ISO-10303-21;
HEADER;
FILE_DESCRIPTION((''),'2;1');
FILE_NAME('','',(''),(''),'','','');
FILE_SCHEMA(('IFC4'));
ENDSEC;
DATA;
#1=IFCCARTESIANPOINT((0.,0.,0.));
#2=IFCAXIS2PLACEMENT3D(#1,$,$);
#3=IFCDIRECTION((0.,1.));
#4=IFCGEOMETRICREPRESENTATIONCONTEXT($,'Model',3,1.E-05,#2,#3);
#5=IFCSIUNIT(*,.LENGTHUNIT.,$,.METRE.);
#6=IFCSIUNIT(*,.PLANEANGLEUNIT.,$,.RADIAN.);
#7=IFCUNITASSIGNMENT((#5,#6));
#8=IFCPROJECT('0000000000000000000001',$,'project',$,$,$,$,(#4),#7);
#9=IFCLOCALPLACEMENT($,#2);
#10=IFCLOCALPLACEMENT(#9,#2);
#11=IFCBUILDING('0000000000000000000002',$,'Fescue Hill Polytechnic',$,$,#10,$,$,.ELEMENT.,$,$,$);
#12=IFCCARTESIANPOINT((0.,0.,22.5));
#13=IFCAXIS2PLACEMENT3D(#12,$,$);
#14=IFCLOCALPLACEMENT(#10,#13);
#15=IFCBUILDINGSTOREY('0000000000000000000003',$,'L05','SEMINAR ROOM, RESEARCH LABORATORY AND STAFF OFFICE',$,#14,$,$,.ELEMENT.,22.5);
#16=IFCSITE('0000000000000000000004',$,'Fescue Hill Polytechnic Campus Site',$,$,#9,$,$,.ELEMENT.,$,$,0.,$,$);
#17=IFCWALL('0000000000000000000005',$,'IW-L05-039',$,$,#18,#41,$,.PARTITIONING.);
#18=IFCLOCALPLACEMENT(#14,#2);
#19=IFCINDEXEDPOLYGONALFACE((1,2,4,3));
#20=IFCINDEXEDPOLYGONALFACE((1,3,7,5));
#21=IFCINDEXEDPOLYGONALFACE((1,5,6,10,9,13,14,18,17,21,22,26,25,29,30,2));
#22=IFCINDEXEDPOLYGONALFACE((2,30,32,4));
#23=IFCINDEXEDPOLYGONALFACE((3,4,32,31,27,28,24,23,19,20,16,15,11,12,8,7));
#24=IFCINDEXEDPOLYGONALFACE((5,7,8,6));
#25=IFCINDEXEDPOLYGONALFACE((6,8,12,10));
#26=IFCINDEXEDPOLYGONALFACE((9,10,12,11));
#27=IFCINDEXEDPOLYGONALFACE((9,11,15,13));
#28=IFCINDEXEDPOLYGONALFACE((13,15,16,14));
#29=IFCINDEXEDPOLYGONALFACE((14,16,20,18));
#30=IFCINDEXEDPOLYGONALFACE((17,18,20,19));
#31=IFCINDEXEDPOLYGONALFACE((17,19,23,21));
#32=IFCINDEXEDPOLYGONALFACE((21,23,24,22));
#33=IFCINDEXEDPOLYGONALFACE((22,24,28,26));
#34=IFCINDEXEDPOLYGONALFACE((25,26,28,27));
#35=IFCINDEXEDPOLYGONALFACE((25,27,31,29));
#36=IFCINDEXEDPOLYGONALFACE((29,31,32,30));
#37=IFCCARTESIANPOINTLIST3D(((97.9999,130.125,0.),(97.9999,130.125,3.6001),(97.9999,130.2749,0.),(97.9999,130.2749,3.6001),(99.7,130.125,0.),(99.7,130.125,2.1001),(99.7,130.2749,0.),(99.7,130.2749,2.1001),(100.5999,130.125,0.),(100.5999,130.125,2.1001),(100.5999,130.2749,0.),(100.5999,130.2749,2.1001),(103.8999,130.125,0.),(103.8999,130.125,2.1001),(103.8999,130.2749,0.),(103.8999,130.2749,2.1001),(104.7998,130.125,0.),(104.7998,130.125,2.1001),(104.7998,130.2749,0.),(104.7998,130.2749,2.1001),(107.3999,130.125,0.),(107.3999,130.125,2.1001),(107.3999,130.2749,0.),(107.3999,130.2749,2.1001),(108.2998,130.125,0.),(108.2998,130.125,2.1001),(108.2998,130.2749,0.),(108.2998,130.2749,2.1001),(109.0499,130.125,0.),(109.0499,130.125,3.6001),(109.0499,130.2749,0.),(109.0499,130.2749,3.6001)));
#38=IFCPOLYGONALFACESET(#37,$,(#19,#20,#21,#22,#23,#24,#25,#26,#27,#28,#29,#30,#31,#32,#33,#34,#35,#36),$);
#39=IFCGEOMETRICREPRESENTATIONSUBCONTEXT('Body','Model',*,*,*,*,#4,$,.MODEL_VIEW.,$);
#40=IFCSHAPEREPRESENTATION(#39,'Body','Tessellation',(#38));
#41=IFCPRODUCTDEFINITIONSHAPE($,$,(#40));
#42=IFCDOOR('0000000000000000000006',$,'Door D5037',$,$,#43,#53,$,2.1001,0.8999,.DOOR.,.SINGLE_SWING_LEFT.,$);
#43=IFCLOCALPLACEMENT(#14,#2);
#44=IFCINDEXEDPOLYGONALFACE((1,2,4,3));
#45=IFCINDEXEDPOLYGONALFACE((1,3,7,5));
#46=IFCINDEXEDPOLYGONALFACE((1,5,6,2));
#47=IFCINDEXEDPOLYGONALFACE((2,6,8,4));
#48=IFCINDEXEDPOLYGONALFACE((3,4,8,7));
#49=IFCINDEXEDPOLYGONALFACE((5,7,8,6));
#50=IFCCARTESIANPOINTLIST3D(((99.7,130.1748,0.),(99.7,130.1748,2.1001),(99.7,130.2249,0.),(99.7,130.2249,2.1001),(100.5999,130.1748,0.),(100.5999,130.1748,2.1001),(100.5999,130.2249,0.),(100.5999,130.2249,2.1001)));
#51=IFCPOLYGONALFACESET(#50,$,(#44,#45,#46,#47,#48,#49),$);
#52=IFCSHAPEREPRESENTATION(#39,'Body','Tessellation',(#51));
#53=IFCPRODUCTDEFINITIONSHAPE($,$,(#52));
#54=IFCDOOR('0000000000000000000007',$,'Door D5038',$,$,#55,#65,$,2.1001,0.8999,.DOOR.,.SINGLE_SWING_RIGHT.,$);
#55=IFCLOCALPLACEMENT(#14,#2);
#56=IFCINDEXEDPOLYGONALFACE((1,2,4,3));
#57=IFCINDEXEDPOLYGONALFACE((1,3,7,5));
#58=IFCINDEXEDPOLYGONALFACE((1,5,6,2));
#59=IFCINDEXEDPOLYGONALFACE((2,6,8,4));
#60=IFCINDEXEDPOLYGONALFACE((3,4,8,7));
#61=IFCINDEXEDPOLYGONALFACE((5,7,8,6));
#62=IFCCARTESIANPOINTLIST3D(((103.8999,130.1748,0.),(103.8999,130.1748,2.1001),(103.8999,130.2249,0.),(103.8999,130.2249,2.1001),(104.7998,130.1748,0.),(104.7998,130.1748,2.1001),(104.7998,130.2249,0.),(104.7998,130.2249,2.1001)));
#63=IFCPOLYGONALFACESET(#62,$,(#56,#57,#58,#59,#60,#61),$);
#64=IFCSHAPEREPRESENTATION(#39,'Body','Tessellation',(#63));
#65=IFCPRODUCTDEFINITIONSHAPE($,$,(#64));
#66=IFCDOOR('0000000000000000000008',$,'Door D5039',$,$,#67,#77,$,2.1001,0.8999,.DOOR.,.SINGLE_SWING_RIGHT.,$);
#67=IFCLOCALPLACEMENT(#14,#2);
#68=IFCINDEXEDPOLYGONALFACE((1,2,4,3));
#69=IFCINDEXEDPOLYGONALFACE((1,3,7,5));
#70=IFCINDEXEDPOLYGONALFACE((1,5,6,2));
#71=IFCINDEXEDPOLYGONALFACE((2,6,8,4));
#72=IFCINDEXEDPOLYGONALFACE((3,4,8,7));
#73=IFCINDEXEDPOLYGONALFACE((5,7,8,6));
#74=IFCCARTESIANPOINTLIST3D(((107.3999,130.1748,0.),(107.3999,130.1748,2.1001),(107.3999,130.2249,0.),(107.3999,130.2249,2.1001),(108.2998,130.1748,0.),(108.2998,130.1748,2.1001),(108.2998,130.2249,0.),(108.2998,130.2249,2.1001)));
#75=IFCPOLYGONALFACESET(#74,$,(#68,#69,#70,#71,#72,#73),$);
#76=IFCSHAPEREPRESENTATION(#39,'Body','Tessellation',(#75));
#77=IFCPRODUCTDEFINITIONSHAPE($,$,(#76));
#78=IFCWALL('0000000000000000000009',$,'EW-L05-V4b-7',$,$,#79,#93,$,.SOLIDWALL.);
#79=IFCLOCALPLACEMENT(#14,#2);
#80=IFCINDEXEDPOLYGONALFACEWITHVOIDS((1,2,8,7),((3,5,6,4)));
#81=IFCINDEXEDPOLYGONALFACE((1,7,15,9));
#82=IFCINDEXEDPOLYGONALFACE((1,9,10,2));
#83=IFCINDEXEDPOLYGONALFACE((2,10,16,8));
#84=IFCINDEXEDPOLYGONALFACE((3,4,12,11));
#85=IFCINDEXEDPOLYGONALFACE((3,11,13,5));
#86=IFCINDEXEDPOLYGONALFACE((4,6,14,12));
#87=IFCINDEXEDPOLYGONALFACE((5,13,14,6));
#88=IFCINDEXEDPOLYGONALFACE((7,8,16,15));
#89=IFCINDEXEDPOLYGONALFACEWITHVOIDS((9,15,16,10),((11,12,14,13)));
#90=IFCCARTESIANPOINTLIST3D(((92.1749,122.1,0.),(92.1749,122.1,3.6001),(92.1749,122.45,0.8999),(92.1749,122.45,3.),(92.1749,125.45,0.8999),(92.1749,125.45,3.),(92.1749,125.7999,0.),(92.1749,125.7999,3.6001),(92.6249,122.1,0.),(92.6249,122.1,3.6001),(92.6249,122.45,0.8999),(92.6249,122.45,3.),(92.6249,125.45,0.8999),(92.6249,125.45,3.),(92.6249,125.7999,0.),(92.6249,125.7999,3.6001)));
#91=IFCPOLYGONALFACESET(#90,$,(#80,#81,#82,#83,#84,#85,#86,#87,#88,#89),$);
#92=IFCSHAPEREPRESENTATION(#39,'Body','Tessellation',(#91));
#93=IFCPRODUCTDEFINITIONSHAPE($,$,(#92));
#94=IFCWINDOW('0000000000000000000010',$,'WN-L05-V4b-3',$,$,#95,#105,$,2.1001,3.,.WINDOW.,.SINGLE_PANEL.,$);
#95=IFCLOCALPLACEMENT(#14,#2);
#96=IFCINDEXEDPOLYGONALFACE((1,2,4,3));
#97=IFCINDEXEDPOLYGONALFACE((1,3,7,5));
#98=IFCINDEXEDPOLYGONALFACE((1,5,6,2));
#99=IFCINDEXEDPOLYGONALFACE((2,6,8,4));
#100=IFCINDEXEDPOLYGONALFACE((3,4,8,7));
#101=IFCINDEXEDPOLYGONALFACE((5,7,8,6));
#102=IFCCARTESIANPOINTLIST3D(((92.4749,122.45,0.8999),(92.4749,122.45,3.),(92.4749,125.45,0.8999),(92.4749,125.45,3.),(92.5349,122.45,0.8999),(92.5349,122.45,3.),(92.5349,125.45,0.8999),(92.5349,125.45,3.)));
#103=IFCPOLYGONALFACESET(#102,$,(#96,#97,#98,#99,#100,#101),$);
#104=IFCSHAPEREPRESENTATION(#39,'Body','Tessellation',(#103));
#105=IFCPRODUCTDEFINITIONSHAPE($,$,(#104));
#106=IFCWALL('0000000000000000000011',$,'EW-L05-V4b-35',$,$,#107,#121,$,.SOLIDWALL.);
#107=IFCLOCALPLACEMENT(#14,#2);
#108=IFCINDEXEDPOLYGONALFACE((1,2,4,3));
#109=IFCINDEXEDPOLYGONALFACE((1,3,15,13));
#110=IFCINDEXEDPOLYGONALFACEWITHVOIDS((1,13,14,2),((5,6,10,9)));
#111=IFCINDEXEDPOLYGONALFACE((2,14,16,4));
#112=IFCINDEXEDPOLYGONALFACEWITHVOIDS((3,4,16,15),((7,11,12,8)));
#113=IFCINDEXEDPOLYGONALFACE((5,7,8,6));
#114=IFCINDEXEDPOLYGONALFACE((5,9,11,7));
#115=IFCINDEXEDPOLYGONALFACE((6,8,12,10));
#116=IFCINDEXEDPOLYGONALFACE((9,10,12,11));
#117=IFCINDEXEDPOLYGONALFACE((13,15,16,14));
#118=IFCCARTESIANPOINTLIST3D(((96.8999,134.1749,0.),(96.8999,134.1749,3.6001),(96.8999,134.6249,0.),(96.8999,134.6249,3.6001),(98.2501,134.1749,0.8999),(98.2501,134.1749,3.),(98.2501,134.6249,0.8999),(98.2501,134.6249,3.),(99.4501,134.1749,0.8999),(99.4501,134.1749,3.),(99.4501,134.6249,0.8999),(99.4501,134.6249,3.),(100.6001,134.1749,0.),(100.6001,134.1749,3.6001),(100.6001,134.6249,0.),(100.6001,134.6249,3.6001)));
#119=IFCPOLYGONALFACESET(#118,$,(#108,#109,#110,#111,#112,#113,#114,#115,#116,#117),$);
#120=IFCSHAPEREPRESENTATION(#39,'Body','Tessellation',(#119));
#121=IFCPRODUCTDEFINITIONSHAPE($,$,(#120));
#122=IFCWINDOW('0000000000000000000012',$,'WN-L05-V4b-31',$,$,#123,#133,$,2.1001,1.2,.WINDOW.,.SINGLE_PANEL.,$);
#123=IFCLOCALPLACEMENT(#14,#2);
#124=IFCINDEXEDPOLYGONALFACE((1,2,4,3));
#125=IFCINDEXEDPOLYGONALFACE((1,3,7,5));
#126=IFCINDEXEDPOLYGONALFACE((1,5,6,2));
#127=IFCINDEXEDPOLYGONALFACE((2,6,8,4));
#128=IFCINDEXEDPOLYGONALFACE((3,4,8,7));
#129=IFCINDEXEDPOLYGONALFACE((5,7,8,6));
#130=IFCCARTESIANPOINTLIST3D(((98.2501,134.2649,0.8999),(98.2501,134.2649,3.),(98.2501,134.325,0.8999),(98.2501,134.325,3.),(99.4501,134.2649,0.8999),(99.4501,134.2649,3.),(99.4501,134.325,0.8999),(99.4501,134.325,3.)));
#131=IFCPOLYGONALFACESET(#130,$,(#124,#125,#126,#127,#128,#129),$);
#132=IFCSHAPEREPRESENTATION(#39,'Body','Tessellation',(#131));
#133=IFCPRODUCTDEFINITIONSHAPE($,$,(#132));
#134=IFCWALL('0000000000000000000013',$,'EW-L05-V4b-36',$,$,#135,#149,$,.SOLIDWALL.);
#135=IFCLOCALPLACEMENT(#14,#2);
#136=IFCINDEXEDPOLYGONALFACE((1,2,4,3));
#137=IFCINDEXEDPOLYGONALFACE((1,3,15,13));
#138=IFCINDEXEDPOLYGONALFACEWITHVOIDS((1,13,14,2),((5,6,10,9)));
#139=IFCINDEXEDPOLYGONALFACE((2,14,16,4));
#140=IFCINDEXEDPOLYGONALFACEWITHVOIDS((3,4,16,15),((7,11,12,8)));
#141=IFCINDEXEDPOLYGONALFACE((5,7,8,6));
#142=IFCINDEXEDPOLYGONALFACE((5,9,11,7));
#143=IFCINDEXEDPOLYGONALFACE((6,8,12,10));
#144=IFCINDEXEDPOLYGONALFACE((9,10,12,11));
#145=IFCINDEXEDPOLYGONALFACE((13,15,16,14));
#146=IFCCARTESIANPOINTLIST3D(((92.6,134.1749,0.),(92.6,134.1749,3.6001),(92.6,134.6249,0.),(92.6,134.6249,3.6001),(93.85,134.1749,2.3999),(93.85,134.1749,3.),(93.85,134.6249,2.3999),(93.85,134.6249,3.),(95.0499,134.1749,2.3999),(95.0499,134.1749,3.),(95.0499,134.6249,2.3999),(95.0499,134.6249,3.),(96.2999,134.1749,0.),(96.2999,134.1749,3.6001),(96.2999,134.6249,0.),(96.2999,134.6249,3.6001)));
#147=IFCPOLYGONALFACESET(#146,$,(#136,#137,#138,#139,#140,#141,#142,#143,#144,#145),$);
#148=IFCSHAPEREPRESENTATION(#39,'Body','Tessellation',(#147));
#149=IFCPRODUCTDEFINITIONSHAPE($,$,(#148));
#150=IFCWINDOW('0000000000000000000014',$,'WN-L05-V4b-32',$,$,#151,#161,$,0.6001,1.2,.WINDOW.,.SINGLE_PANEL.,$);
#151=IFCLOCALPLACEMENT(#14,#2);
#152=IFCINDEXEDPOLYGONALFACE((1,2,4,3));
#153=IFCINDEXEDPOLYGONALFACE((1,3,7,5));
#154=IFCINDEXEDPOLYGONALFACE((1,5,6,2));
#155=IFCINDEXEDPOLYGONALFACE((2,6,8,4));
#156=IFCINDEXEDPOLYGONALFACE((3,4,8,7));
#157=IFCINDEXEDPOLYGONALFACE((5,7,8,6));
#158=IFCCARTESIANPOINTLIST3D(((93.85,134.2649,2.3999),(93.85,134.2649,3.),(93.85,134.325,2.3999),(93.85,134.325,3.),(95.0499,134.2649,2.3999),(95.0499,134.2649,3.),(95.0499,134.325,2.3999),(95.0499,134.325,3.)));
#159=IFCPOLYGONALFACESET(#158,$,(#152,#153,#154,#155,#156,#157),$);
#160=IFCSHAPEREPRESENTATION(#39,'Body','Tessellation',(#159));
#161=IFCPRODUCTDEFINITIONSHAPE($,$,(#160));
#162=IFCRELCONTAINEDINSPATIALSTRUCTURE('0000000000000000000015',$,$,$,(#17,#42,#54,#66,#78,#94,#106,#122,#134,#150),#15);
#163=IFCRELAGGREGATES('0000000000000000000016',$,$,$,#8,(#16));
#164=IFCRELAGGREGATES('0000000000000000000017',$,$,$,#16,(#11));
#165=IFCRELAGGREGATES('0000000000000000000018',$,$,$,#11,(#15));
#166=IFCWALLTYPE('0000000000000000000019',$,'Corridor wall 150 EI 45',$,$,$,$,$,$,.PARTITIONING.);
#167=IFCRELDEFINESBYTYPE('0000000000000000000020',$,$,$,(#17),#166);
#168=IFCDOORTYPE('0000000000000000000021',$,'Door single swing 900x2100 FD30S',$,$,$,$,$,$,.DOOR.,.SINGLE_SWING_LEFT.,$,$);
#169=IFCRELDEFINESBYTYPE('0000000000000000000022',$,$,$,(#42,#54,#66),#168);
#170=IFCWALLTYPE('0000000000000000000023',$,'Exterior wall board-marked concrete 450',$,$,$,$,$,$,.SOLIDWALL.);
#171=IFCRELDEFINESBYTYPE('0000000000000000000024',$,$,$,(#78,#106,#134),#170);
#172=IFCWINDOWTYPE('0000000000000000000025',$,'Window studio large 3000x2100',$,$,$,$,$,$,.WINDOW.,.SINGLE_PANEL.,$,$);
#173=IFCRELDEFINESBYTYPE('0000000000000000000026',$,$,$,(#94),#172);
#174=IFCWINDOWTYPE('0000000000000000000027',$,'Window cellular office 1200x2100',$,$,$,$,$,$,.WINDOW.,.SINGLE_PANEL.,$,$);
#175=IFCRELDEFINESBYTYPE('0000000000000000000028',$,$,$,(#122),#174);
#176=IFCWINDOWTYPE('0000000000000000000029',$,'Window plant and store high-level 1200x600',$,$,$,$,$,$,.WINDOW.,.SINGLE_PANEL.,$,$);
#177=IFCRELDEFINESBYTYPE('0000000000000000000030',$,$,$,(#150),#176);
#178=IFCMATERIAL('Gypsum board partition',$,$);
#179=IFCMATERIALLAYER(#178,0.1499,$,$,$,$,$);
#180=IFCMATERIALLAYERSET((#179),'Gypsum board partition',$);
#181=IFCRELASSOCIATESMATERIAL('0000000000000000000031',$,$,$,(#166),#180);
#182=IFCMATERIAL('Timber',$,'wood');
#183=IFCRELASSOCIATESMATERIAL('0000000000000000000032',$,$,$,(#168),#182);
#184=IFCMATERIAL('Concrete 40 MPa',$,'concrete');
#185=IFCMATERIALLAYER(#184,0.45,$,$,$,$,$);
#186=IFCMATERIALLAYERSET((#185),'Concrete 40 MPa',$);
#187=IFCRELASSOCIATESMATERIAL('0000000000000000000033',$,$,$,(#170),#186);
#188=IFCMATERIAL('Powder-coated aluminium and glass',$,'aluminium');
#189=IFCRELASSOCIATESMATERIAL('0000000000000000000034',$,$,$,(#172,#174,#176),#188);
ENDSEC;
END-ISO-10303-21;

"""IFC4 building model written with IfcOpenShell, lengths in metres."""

from ifc_helpers import new_model, si_unit, direction, frame, frame_2d, origin, place, context, subcontext, project, spatial, rectangle, extrude, material, layer, layer_set, type_object, element, fill, save


model = new_model("IFC4")

# Units and contexts
model_context = context("Model", 3, precision=1e-05, world=origin(), true_north=direction((0.0, 1.0)))
body_context = subcontext(model_context, "Body", "Model", "MODEL_VIEW")
ifc_project = project(units=[si_unit("LENGTHUNIT", "METRE"), si_unit("PLANEANGLEUNIT", "RADIAN")], contexts=[model_context])

# Site, building, storey
site_placement = place(None, origin())
site = spatial("IfcSite", under=ifc_project, at=site_placement, Name="Fescue Hill Polytechnic Campus Site", CompositionType="ELEMENT", RefElevation=0.0)
building_placement = place(site_placement, origin())
building = spatial("IfcBuilding", under=site, at=building_placement, Name="Fescue Hill Polytechnic", CompositionType="ELEMENT")
storey_placement = place(building_placement, frame((0.0, 0.0, 22.5)))
storey = spatial("IfcBuildingStorey", under=building, at=storey_placement, Name="L05", Description="SEMINAR ROOM, RESEARCH LABORATORY AND STAFF OFFICE", CompositionType="ELEMENT", Elevation=22.5)

# Shared definitions
ifc_material_1 = material(Name="Concrete 40 MPa", Category="concrete")

# Wall, openings, doors
ifc_material_2 = material(Name="Gypsum board partition")
ifc_layer_1 = layer(ifc_material_2, 0.1499)
ifc_layer_set_1 = layer_set([ifc_layer_1], Name="Gypsum board partition")
wall_type_1 = type_object("IfcWallType", Name="Corridor wall 150 EI 45", PredefinedType="PARTITIONING", material=ifc_layer_set_1)
wall_1_placement = place(storey_placement, frame((98.0, 130.2, 0.0), z_axis=(0.0, 0.0, 1.0), x_axis=(1.0, 0.0, 0.0)))
wall_1 = element("IfcWall", 1, at=wall_1_placement, inside=storey, type_object=wall_type_1, Name="IW-L05-039", PredefinedType="PARTITIONING", context=body_context, shape_type="SweptSolid", body=[
    extrude(rectangle(XDim=11.05, YDim=0.1499, at=frame_2d((5.5249, 0.0))), origin(), (0.0, 0.0, 1.0), 3.6001),
])
opening_1_placement = place(wall_1_placement, frame((1.7, 0.0, 0.0)))
opening_1 = element("IfcOpeningElement", 2, at=opening_1_placement, cuts=wall_1, PredefinedType="OPENING", context=body_context, shape_type="SweptSolid", body=[
    extrude(rectangle(XDim=0.8999, YDim=2.1001, at=frame_2d((0.45, 1.05))), frame((0.0, 0.085, 0.0), z_axis=(0.0, -1.0, 0.0), x_axis=(1.0, 0.0, 0.0)), (0.0, 0.0, 1.0), 0.1699),
])
opening_2_placement = place(wall_1_placement, frame((5.8999, 0.0, 0.0)))
opening_2 = element("IfcOpeningElement", 3, at=opening_2_placement, cuts=wall_1, PredefinedType="OPENING", context=body_context, shape_type="SweptSolid", body=[
    extrude(rectangle(XDim=0.8999, YDim=2.1001, at=frame_2d((0.45, 1.05))), frame((0.0, 0.085, 0.0), z_axis=(0.0, -1.0, 0.0), x_axis=(1.0, 0.0, 0.0)), (0.0, 0.0, 1.0), 0.1699),
])
opening_3_placement = place(wall_1_placement, frame((9.3999, 0.0, 0.0)))
opening_3 = element("IfcOpeningElement", 4, at=opening_3_placement, cuts=wall_1, PredefinedType="OPENING", context=body_context, shape_type="SweptSolid", body=[
    extrude(rectangle(XDim=0.8999, YDim=2.1001, at=frame_2d((0.45, 1.05))), frame((0.0, 0.085, 0.0), z_axis=(0.0, -1.0, 0.0), x_axis=(1.0, 0.0, 0.0)), (0.0, 0.0, 1.0), 0.1699),
])
ifc_material_3 = material(Name="Timber", Category="wood")
door_type = type_object("IfcDoorType", Name="Door single swing 900x2100 FD30S", OperationType="SINGLE_SWING_LEFT", PredefinedType="DOOR", material=ifc_material_3)
door_1_placement = place(opening_1_placement, origin())
door_1 = element("IfcDoor", 5, at=door_1_placement, inside=storey, type_object=door_type, Name="Door D5037", OperationType="SINGLE_SWING_LEFT", OverallHeight=2.1001, OverallWidth=0.8999, PredefinedType="DOOR", context=body_context, shape_type="SweptSolid", body=[
    extrude(rectangle(XDim=0.8999, YDim=2.1001, at=frame_2d((0.45, 1.05))), frame((0.0, 0.0249, 0.0), z_axis=(0.0, -1.0, 0.0), x_axis=(1.0, 0.0, 0.0)), (0.0, 0.0, 1.0), 0.05),
])
fill(opening_1, door_1)
door_2_placement = place(opening_2_placement, origin())
door_2 = element("IfcDoor", 6, at=door_2_placement, inside=storey, type_object=door_type, Name="Door D5038", OperationType="SINGLE_SWING_RIGHT", OverallHeight=2.1001, OverallWidth=0.8999, PredefinedType="DOOR", context=body_context, shape_type="SweptSolid", body=[
    extrude(rectangle(XDim=0.8999, YDim=2.1001, at=frame_2d((0.45, 1.05))), frame((0.0, 0.0249, 0.0), z_axis=(0.0, -1.0, 0.0), x_axis=(1.0, 0.0, 0.0)), (0.0, 0.0, 1.0), 0.05),
])
fill(opening_2, door_2)
door_3_placement = place(opening_3_placement, origin())
door_3 = element("IfcDoor", 7, at=door_3_placement, inside=storey, type_object=door_type, Name="Door D5039", OperationType="SINGLE_SWING_RIGHT", OverallHeight=2.1001, OverallWidth=0.8999, PredefinedType="DOOR", context=body_context, shape_type="SweptSolid", body=[
    extrude(rectangle(XDim=0.8999, YDim=2.1001, at=frame_2d((0.45, 1.05))), frame((0.0, 0.0249, 0.0), z_axis=(0.0, -1.0, 0.0), x_axis=(1.0, 0.0, 0.0)), (0.0, 0.0, 1.0), 0.05),
])
fill(opening_3, door_3)

# Walls, openings, windows
ifc_layer_2 = layer(ifc_material_1, 0.45)
ifc_layer_set_2 = layer_set([ifc_layer_2], Name="Concrete 40 MPa")
wall_type_2 = type_object("IfcWallType", Name="Exterior wall board-marked concrete 450", PredefinedType="SOLIDWALL", material=ifc_layer_set_2)
wall_2_placement = place(storey_placement, frame((92.3999, 125.8, 0.0), z_axis=(0.0, 0.0, 1.0), x_axis=(0.0, -1.0, 0.0)))
wall_2 = element("IfcWall", 8, at=wall_2_placement, inside=storey, type_object=wall_type_2, Name="EW-L05-V4b-7", PredefinedType="SOLIDWALL", context=body_context, shape_type="SweptSolid", body=[
    extrude(rectangle(XDim=3.7, YDim=0.45, at=frame_2d((1.8501, 0.0))), origin(), (0.0, 0.0, 1.0), 3.6001),
])
opening_4_placement = place(wall_2_placement, frame((0.3501, 0.0, 0.8999)))
opening_4 = element("IfcOpeningElement", 9, at=opening_4_placement, cuts=wall_2, PredefinedType="OPENING", context=body_context, shape_type="SweptSolid", body=[
    extrude(rectangle(XDim=3.0, YDim=2.1001, at=frame_2d((1.5, 1.05))), frame((0.0, 0.2349, 0.0), z_axis=(0.0, -1.0, 0.0), x_axis=(1.0, 0.0, 0.0)), (0.0, 0.0, 1.0), 0.47),
])
ifc_material_4 = material(Name="Powder-coated aluminium and glass", Category="aluminium")
window_type_1 = type_object("IfcWindowType", Name="Window studio large 3000x2100", PartitioningType="SINGLE_PANEL", PredefinedType="WINDOW", material=ifc_material_4)
window_1_placement = place(opening_4_placement, origin())
window_1 = element("IfcWindow", 10, at=window_1_placement, inside=storey, type_object=window_type_1, Name="WN-L05-V4b-3", OverallHeight=2.1001, OverallWidth=3.0, PartitioningType="SINGLE_PANEL", PredefinedType="WINDOW", context=body_context, shape_type="SweptSolid", body=[
    extrude(rectangle(XDim=3.0, YDim=2.1001, at=frame_2d((1.5, 1.05))), frame((0.0, 0.135, 0.0), z_axis=(0.0, -1.0, 0.0), x_axis=(1.0, 0.0, 0.0)), (0.0, 0.0, 1.0), 0.0601),
])
fill(opening_4, window_1)
wall_3_placement = place(storey_placement, frame((100.6001, 134.3999, 0.0), z_axis=(0.0, 0.0, 1.0), x_axis=(-1.0, 0.0, 0.0)))
wall_3 = element("IfcWall", 11, at=wall_3_placement, inside=storey, type_object=wall_type_2, Name="EW-L05-V4b-35", PredefinedType="SOLIDWALL", context=body_context, shape_type="SweptSolid", body=[
    extrude(rectangle(XDim=3.7002, YDim=0.45, at=frame_2d((1.8501, 0.0))), origin(), (0.0, 0.0, 1.0), 3.6001),
])
opening_5_placement = place(wall_3_placement, frame((1.1499, 0.0, 0.8999)))
opening_5 = element("IfcOpeningElement", 12, at=opening_5_placement, cuts=wall_3, PredefinedType="OPENING", context=body_context, shape_type="SweptSolid", body=[
    extrude(rectangle(XDim=1.2, YDim=2.1001, at=frame_2d((0.6001, 1.05))), frame((0.0, 0.2349, 0.0), z_axis=(0.0, -1.0, 0.0), x_axis=(1.0, 0.0, 0.0)), (0.0, 0.0, 1.0), 0.47),
])
window_type_2 = type_object("IfcWindowType", Name="Window cellular office 1200x2100", PartitioningType="SINGLE_PANEL", PredefinedType="WINDOW", material=ifc_material_4)
window_2_placement = place(opening_5_placement, origin())
window_2 = element("IfcWindow", 13, at=window_2_placement, inside=storey, type_object=window_type_2, Name="WN-L05-V4b-31", OverallHeight=2.1001, OverallWidth=1.2, PartitioningType="SINGLE_PANEL", PredefinedType="WINDOW", context=body_context, shape_type="SweptSolid", body=[
    extrude(rectangle(XDim=1.2, YDim=2.1001, at=frame_2d((0.6001, 1.05))), frame((0.0, 0.135, 0.0), z_axis=(0.0, -1.0, 0.0), x_axis=(1.0, 0.0, 0.0)), (0.0, 0.0, 1.0), 0.0601),
])
fill(opening_5, window_2)
wall_4_placement = place(storey_placement, frame((96.3, 134.3999, 0.0), z_axis=(0.0, 0.0, 1.0), x_axis=(-1.0, 0.0, 0.0)))
wall_4 = element("IfcWall", 14, at=wall_4_placement, inside=storey, type_object=wall_type_2, Name="EW-L05-V4b-36", PredefinedType="SOLIDWALL", context=body_context, shape_type="SweptSolid", body=[
    extrude(rectangle(XDim=3.7, YDim=0.45, at=frame_2d((1.8501, 0.0))), origin(), (0.0, 0.0, 1.0), 3.6001),
])
opening_6_placement = place(wall_4_placement, frame((1.25, 0.0, 2.3999)))
opening_6 = element("IfcOpeningElement", 15, at=opening_6_placement, cuts=wall_4, PredefinedType="OPENING", context=body_context, shape_type="SweptSolid", body=[
    extrude(rectangle(XDim=1.2, YDim=0.6001, at=frame_2d((0.6001, 0.3))), frame((0.0, 0.2349, 0.0), z_axis=(0.0, -1.0, 0.0), x_axis=(1.0, 0.0, 0.0)), (0.0, 0.0, 1.0), 0.47),
])
window_type_3 = type_object("IfcWindowType", Name="Window plant and store high-level 1200x600", PartitioningType="SINGLE_PANEL", PredefinedType="WINDOW", material=ifc_material_4)
window_3_placement = place(opening_6_placement, origin())
window_3 = element("IfcWindow", 16, at=window_3_placement, inside=storey, type_object=window_type_3, Name="WN-L05-V4b-32", OverallHeight=0.6001, OverallWidth=1.2, PartitioningType="SINGLE_PANEL", PredefinedType="WINDOW", context=body_context, shape_type="SweptSolid", body=[
    extrude(rectangle(XDim=1.2, YDim=0.6001, at=frame_2d((0.6001, 0.3))), frame((0.0, 0.135, 0.0), z_axis=(0.0, -1.0, 0.0), x_axis=(1.0, 0.0, 0.0)), (0.0, 0.0, 1.0), 0.0601),
])
fill(opening_6, window_3)

save(model, "model.ifc")
